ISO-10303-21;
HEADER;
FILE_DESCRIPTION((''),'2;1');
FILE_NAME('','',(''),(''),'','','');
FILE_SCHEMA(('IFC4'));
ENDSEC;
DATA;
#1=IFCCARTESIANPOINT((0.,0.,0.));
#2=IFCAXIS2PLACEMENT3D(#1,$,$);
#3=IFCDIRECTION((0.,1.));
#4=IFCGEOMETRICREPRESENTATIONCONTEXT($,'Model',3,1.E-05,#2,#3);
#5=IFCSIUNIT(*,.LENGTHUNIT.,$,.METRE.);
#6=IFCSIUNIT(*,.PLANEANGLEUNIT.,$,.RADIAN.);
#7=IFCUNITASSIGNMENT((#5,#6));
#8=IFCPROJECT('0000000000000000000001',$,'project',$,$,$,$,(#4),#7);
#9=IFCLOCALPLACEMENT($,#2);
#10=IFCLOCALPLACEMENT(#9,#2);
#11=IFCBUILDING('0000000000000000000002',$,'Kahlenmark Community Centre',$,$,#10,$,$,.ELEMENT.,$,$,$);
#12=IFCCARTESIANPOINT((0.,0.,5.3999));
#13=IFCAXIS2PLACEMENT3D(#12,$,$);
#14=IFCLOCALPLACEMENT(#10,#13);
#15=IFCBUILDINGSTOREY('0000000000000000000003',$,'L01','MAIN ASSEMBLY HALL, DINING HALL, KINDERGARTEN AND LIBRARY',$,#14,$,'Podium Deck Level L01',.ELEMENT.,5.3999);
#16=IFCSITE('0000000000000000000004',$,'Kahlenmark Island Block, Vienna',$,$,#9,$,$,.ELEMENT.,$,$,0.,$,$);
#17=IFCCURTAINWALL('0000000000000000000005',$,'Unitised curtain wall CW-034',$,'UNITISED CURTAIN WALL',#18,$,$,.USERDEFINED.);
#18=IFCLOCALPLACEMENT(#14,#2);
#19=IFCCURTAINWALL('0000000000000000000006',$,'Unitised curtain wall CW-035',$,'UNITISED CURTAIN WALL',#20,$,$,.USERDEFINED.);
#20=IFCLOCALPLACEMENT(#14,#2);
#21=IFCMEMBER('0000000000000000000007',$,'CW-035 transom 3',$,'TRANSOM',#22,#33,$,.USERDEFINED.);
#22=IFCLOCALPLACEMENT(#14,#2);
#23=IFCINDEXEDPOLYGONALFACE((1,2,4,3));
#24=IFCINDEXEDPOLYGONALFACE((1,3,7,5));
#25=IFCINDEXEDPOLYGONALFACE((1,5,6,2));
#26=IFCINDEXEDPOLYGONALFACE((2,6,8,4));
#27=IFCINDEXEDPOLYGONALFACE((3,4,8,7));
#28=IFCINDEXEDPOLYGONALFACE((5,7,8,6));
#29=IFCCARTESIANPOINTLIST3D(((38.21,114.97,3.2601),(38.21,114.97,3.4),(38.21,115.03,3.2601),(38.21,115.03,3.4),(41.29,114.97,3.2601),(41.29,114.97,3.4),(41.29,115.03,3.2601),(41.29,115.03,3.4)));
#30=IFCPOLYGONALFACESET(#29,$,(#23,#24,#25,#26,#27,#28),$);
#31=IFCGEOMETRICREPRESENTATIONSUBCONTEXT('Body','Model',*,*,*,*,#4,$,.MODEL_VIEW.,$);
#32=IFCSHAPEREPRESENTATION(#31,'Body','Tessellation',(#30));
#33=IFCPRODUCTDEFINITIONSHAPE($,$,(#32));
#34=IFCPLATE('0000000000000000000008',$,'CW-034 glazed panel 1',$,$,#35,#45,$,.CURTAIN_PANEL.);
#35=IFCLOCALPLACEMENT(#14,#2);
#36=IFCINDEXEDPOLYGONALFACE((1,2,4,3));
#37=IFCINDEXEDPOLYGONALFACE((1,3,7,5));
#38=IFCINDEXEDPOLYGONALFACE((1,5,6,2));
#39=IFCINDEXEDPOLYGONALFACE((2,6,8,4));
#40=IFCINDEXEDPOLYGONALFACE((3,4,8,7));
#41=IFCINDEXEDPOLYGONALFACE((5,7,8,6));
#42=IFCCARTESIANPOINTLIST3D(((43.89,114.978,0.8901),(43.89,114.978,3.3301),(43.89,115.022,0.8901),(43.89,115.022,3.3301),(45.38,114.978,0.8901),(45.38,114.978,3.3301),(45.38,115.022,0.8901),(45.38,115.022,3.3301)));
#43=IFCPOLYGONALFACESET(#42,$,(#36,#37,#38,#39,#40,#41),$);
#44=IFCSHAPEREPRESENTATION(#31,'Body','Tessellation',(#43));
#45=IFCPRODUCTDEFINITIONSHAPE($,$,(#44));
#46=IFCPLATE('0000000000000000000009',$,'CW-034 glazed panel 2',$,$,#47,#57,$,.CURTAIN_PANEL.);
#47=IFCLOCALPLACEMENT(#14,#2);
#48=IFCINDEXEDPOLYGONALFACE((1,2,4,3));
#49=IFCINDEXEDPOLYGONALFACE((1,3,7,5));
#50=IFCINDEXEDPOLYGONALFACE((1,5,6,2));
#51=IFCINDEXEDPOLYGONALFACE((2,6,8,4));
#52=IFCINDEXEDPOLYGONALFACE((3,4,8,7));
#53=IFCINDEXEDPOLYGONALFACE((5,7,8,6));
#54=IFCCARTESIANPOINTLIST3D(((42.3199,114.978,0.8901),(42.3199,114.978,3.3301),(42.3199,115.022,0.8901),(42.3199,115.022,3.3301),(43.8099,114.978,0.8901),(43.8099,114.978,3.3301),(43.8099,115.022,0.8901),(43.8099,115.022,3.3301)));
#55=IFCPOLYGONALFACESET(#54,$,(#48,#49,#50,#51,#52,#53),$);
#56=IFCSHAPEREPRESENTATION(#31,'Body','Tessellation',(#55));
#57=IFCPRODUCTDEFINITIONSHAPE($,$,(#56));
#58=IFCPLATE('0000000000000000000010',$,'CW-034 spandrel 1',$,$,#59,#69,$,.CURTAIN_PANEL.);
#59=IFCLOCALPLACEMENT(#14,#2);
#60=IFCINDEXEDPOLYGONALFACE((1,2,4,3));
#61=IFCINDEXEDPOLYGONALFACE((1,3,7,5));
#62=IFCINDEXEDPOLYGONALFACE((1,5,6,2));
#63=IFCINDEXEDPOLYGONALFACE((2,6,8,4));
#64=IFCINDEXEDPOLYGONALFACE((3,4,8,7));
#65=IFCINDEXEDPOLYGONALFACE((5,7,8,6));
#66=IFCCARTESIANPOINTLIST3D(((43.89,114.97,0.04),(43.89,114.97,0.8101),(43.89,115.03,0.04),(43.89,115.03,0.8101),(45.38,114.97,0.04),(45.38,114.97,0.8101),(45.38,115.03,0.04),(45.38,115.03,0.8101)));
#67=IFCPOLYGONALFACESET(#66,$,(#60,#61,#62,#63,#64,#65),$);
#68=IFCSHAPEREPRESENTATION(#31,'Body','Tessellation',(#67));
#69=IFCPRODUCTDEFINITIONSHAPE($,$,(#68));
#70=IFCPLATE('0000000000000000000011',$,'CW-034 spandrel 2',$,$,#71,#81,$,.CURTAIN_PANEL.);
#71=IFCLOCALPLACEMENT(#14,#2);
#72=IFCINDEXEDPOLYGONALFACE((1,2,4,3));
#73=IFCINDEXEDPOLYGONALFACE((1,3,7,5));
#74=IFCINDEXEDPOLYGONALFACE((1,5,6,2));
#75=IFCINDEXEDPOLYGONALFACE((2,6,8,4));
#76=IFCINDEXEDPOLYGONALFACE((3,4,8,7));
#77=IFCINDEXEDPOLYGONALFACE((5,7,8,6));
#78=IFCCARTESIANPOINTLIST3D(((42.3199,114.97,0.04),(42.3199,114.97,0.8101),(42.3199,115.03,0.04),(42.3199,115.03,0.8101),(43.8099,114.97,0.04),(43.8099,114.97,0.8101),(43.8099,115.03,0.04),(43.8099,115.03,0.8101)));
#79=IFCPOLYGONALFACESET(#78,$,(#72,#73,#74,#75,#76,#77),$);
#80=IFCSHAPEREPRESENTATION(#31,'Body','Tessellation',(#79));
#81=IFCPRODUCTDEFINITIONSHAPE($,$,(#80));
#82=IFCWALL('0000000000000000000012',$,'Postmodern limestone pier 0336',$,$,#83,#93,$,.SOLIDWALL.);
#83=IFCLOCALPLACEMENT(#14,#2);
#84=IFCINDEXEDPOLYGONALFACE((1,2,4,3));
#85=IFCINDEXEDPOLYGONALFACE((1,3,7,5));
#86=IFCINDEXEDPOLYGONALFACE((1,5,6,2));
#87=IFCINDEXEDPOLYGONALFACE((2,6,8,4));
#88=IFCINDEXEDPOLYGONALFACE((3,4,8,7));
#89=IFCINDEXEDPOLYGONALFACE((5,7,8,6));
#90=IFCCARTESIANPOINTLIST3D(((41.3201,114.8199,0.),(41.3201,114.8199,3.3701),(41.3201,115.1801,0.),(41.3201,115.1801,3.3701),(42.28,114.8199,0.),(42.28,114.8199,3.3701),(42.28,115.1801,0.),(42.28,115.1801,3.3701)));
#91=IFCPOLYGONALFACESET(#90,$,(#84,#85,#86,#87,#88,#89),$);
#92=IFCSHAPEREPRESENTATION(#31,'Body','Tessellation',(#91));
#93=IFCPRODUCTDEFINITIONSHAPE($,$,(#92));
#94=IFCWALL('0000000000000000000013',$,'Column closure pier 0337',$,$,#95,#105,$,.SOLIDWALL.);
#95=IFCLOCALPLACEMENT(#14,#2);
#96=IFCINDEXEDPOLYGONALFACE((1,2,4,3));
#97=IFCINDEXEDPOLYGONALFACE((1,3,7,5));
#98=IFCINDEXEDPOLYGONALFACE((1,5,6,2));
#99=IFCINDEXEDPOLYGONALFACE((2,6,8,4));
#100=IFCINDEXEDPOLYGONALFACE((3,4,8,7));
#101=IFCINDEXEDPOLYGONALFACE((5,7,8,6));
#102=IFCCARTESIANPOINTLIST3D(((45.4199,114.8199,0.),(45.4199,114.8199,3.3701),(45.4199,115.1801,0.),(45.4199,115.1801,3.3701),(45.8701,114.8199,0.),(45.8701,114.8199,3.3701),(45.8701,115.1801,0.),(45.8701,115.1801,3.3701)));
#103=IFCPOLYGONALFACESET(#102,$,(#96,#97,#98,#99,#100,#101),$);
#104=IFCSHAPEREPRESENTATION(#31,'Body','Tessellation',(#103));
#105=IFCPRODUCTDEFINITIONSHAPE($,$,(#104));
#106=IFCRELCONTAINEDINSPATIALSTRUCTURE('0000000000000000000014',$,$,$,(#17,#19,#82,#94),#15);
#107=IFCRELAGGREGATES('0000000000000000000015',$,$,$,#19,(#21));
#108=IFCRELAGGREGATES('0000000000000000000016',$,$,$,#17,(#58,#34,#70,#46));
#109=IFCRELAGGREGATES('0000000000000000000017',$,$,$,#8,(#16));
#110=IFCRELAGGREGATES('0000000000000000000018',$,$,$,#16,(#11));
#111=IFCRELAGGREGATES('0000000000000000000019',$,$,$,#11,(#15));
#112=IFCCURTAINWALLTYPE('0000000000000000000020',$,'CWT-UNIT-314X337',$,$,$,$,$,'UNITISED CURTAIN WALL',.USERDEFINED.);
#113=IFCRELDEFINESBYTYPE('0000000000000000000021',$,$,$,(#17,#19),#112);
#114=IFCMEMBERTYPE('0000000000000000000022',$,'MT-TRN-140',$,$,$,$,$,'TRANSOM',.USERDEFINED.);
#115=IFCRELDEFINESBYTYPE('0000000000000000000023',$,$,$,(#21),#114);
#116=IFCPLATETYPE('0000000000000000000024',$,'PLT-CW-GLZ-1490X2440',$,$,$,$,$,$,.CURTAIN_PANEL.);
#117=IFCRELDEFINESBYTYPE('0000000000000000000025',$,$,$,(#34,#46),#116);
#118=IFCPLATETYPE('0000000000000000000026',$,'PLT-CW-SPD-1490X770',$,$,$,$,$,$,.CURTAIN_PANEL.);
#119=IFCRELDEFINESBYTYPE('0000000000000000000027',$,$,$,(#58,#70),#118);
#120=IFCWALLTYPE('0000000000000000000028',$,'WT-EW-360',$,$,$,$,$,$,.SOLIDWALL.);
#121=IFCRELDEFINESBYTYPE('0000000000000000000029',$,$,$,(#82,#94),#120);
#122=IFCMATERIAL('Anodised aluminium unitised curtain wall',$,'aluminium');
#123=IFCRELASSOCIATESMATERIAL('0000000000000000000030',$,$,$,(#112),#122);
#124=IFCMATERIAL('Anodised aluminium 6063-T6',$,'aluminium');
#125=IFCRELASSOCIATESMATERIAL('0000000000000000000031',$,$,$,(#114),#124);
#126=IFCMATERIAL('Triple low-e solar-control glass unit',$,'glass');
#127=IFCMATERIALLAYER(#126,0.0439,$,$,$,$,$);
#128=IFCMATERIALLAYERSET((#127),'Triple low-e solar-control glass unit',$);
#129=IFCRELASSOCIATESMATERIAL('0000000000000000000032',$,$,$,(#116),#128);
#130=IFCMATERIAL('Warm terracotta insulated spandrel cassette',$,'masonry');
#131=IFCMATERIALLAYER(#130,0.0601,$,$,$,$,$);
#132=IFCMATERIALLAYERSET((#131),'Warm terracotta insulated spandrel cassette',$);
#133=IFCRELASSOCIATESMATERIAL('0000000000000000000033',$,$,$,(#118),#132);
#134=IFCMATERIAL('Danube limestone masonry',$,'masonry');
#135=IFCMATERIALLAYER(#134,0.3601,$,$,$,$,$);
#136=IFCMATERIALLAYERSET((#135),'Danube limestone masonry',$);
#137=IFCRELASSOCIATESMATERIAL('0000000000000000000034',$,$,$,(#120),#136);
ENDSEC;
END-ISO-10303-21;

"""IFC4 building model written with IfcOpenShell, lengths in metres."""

from ifc_helpers import new_model, si_unit, direction, frame, frame_2d, origin, origin_2d, place, context, subcontext, project, spatial, rectangle, extrude, material, layer, layer_set, material_profile, profile_set, type_object, element, aggregate, save


model = new_model("IFC4")

# Units and contexts
model_context = context("Model", 3, precision=1e-05, world=origin(), true_north=direction((0.0, 1.0)))
body_context = subcontext(model_context, "Body", "Model", "MODEL_VIEW")
ifc_project = project(units=[si_unit("LENGTHUNIT", "METRE"), si_unit("PLANEANGLEUNIT", "RADIAN")], contexts=[model_context])

# Site, building, storey
site_placement = place(None, origin())
site = spatial("IfcSite", under=ifc_project, at=site_placement, Name="Kahlenmark Island Block, Vienna", CompositionType="ELEMENT", RefElevation=0.0)
building_placement = place(site_placement, origin())
building = spatial("IfcBuilding", under=site, at=building_placement, Name="Kahlenmark Community Centre", CompositionType="ELEMENT")
storey_placement = place(building_placement, frame((0.0, 0.0, 5.3999)))
storey = spatial("IfcBuildingStorey", under=building, at=storey_placement, Name="L01", Description="MAIN ASSEMBLY HALL, DINING HALL, KINDERGARTEN AND LIBRARY", LongName="Podium Deck Level L01", CompositionType="ELEMENT", Elevation=5.3999)

# Curtain walls, member
ifc_material_1 = material(Name="Anodised aluminium unitised curtain wall", Category="aluminium")
curtain_wall_type = type_object("IfcCurtainWallType", Name="CWT-UNIT-314X337", ElementType="UNITISED CURTAIN WALL", PredefinedType="USERDEFINED", material=ifc_material_1)
curtain_wall_1_placement = place(storey_placement, origin())
curtain_wall_1 = element("IfcCurtainWall", 1, at=curtain_wall_1_placement, inside=storey, type_object=curtain_wall_type, Name="Unitised curtain wall CW-034", ObjectType="UNITISED CURTAIN WALL", PredefinedType="USERDEFINED")
ifc_material_2 = material(Name="Anodised aluminium 6063-T6", Category="aluminium")
ifc_material_profile_1 = material_profile(ifc_material_2, rectangle(XDim=0.0601, YDim=0.1399, at=origin_2d()), Name="ALU TRANSOM 60x140")
ifc_profile_set_1 = profile_set([ifc_material_profile_1], Name="Anodised aluminium 6063-T6")
member_type_1 = type_object("IfcMemberType", Name="MT-TRN-140", ElementType="TRANSOM", PredefinedType="USERDEFINED", material=ifc_profile_set_1)
curtain_wall_2_placement = place(storey_placement, origin())
curtain_wall_2 = element("IfcCurtainWall", 2, at=curtain_wall_2_placement, inside=storey, type_object=curtain_wall_type, Name="Unitised curtain wall CW-035", ObjectType="UNITISED CURTAIN WALL", PredefinedType="USERDEFINED")
member_1_placement = place(storey_placement, frame((41.29, 115.0, 3.3301), z_axis=(-1.0, 0.0, 0.0), x_axis=(0.0, -1.0, 0.0)))
member_1 = element("IfcMember", 3, at=member_1_placement, type_object=member_type_1, Name="CW-035 transom 3", ObjectType="TRANSOM", PredefinedType="USERDEFINED", context=body_context, shape_type="SweptSolid", body=[
    extrude(rectangle(XDim=0.0601, YDim=0.1399, at=origin_2d()), origin(), (0.0, 0.0, 1.0), 3.0801),
])
aggregate(curtain_wall_2, [member_1])

# Plates
ifc_material_3 = material(Name="Triple low-e solar-control glass unit", Category="glass")
ifc_layer_1 = layer(ifc_material_3, 0.0439)
ifc_layer_set_1 = layer_set([ifc_layer_1], Name="Triple low-e solar-control glass unit")
plate_type_1 = type_object("IfcPlateType", Name="PLT-CW-GLZ-1490X2440", PredefinedType="CURTAIN_PANEL", material=ifc_layer_set_1)
plate_1_placement = place(storey_placement, frame((44.635, 115.0, 0.8901), z_axis=(0.0, 0.0, 1.0), x_axis=(-1.0, 0.0, 0.0)))
plate_1 = element("IfcPlate", 4, at=plate_1_placement, type_object=plate_type_1, Name="CW-034 glazed panel 1", PredefinedType="CURTAIN_PANEL", context=body_context, shape_type="SweptSolid", body=[
    extrude(rectangle(XDim=1.49, YDim=0.0439, at=origin_2d()), origin(), (0.0, 0.0, 1.0), 2.4399),
])
plate_2_placement = place(storey_placement, frame((43.0649, 115.0, 0.8901), z_axis=(0.0, 0.0, 1.0), x_axis=(-1.0, 0.0, 0.0)))
plate_2 = element("IfcPlate", 5, at=plate_2_placement, type_object=plate_type_1, Name="CW-034 glazed panel 2", PredefinedType="CURTAIN_PANEL", context=body_context, shape_type="SweptSolid", body=[
    extrude(rectangle(XDim=1.49, YDim=0.0439, at=origin_2d()), origin(), (0.0, 0.0, 1.0), 2.4399),
])
ifc_material_4 = material(Name="Warm terracotta insulated spandrel cassette", Category="masonry")
ifc_layer_2 = layer(ifc_material_4, 0.0601)
ifc_layer_set_2 = layer_set([ifc_layer_2], Name="Warm terracotta insulated spandrel cassette")
plate_type_2 = type_object("IfcPlateType", Name="PLT-CW-SPD-1490X770", PredefinedType="CURTAIN_PANEL", material=ifc_layer_set_2)
plate_3_placement = place(storey_placement, frame((44.635, 115.0, 0.04), z_axis=(0.0, 0.0, 1.0), x_axis=(-1.0, 0.0, 0.0)))
plate_3 = element("IfcPlate", 6, at=plate_3_placement, type_object=plate_type_2, Name="CW-034 spandrel 1", PredefinedType="CURTAIN_PANEL", context=body_context, shape_type="SweptSolid", body=[
    extrude(rectangle(XDim=1.49, YDim=0.0601, at=origin_2d()), origin(), (0.0, 0.0, 1.0), 0.77),
])
plate_4_placement = place(storey_placement, frame((43.0649, 115.0, 0.04), z_axis=(0.0, 0.0, 1.0), x_axis=(-1.0, 0.0, 0.0)))
plate_4 = element("IfcPlate", 7, at=plate_4_placement, type_object=plate_type_2, Name="CW-034 spandrel 2", PredefinedType="CURTAIN_PANEL", context=body_context, shape_type="SweptSolid", body=[
    extrude(rectangle(XDim=1.49, YDim=0.0601, at=origin_2d()), origin(), (0.0, 0.0, 1.0), 0.77),
])
aggregate(curtain_wall_1, [plate_3, plate_1, plate_4, plate_2])

# Walls
ifc_material_5 = material(Name="Danube limestone masonry", Category="masonry")
ifc_layer_3 = layer(ifc_material_5, 0.3601)
ifc_layer_set_3 = layer_set([ifc_layer_3], Name="Danube limestone masonry")
wall_type = type_object("IfcWallType", Name="WT-EW-360", PredefinedType="SOLIDWALL", material=ifc_layer_set_3)
wall_1_placement = place(storey_placement, frame((42.28, 115.0, 0.0), z_axis=(0.0, 0.0, 1.0), x_axis=(-1.0, 0.0, 0.0)))
element("IfcWall", 8, at=wall_1_placement, inside=storey, type_object=wall_type, Name="Postmodern limestone pier 0336", PredefinedType="SOLIDWALL", context=body_context, shape_type="SweptSolid", body=[
    extrude(rectangle(XDim=0.96, YDim=0.3601, at=frame_2d((0.48, 0.0))), origin(), (0.0, 0.0, 1.0), 3.3701),
])
wall_2_placement = place(storey_placement, frame((45.8701, 115.0, 0.0), z_axis=(0.0, 0.0, 1.0), x_axis=(-1.0, 0.0, 0.0)))
element("IfcWall", 9, at=wall_2_placement, inside=storey, type_object=wall_type, Name="Column closure pier 0337", PredefinedType="SOLIDWALL", context=body_context, shape_type="SweptSolid", body=[
    extrude(rectangle(XDim=0.4502, YDim=0.3601, at=frame_2d((0.2251, 0.0))), origin(), (0.0, 0.0, 1.0), 3.3701),
])

save(model, "model.ifc")
